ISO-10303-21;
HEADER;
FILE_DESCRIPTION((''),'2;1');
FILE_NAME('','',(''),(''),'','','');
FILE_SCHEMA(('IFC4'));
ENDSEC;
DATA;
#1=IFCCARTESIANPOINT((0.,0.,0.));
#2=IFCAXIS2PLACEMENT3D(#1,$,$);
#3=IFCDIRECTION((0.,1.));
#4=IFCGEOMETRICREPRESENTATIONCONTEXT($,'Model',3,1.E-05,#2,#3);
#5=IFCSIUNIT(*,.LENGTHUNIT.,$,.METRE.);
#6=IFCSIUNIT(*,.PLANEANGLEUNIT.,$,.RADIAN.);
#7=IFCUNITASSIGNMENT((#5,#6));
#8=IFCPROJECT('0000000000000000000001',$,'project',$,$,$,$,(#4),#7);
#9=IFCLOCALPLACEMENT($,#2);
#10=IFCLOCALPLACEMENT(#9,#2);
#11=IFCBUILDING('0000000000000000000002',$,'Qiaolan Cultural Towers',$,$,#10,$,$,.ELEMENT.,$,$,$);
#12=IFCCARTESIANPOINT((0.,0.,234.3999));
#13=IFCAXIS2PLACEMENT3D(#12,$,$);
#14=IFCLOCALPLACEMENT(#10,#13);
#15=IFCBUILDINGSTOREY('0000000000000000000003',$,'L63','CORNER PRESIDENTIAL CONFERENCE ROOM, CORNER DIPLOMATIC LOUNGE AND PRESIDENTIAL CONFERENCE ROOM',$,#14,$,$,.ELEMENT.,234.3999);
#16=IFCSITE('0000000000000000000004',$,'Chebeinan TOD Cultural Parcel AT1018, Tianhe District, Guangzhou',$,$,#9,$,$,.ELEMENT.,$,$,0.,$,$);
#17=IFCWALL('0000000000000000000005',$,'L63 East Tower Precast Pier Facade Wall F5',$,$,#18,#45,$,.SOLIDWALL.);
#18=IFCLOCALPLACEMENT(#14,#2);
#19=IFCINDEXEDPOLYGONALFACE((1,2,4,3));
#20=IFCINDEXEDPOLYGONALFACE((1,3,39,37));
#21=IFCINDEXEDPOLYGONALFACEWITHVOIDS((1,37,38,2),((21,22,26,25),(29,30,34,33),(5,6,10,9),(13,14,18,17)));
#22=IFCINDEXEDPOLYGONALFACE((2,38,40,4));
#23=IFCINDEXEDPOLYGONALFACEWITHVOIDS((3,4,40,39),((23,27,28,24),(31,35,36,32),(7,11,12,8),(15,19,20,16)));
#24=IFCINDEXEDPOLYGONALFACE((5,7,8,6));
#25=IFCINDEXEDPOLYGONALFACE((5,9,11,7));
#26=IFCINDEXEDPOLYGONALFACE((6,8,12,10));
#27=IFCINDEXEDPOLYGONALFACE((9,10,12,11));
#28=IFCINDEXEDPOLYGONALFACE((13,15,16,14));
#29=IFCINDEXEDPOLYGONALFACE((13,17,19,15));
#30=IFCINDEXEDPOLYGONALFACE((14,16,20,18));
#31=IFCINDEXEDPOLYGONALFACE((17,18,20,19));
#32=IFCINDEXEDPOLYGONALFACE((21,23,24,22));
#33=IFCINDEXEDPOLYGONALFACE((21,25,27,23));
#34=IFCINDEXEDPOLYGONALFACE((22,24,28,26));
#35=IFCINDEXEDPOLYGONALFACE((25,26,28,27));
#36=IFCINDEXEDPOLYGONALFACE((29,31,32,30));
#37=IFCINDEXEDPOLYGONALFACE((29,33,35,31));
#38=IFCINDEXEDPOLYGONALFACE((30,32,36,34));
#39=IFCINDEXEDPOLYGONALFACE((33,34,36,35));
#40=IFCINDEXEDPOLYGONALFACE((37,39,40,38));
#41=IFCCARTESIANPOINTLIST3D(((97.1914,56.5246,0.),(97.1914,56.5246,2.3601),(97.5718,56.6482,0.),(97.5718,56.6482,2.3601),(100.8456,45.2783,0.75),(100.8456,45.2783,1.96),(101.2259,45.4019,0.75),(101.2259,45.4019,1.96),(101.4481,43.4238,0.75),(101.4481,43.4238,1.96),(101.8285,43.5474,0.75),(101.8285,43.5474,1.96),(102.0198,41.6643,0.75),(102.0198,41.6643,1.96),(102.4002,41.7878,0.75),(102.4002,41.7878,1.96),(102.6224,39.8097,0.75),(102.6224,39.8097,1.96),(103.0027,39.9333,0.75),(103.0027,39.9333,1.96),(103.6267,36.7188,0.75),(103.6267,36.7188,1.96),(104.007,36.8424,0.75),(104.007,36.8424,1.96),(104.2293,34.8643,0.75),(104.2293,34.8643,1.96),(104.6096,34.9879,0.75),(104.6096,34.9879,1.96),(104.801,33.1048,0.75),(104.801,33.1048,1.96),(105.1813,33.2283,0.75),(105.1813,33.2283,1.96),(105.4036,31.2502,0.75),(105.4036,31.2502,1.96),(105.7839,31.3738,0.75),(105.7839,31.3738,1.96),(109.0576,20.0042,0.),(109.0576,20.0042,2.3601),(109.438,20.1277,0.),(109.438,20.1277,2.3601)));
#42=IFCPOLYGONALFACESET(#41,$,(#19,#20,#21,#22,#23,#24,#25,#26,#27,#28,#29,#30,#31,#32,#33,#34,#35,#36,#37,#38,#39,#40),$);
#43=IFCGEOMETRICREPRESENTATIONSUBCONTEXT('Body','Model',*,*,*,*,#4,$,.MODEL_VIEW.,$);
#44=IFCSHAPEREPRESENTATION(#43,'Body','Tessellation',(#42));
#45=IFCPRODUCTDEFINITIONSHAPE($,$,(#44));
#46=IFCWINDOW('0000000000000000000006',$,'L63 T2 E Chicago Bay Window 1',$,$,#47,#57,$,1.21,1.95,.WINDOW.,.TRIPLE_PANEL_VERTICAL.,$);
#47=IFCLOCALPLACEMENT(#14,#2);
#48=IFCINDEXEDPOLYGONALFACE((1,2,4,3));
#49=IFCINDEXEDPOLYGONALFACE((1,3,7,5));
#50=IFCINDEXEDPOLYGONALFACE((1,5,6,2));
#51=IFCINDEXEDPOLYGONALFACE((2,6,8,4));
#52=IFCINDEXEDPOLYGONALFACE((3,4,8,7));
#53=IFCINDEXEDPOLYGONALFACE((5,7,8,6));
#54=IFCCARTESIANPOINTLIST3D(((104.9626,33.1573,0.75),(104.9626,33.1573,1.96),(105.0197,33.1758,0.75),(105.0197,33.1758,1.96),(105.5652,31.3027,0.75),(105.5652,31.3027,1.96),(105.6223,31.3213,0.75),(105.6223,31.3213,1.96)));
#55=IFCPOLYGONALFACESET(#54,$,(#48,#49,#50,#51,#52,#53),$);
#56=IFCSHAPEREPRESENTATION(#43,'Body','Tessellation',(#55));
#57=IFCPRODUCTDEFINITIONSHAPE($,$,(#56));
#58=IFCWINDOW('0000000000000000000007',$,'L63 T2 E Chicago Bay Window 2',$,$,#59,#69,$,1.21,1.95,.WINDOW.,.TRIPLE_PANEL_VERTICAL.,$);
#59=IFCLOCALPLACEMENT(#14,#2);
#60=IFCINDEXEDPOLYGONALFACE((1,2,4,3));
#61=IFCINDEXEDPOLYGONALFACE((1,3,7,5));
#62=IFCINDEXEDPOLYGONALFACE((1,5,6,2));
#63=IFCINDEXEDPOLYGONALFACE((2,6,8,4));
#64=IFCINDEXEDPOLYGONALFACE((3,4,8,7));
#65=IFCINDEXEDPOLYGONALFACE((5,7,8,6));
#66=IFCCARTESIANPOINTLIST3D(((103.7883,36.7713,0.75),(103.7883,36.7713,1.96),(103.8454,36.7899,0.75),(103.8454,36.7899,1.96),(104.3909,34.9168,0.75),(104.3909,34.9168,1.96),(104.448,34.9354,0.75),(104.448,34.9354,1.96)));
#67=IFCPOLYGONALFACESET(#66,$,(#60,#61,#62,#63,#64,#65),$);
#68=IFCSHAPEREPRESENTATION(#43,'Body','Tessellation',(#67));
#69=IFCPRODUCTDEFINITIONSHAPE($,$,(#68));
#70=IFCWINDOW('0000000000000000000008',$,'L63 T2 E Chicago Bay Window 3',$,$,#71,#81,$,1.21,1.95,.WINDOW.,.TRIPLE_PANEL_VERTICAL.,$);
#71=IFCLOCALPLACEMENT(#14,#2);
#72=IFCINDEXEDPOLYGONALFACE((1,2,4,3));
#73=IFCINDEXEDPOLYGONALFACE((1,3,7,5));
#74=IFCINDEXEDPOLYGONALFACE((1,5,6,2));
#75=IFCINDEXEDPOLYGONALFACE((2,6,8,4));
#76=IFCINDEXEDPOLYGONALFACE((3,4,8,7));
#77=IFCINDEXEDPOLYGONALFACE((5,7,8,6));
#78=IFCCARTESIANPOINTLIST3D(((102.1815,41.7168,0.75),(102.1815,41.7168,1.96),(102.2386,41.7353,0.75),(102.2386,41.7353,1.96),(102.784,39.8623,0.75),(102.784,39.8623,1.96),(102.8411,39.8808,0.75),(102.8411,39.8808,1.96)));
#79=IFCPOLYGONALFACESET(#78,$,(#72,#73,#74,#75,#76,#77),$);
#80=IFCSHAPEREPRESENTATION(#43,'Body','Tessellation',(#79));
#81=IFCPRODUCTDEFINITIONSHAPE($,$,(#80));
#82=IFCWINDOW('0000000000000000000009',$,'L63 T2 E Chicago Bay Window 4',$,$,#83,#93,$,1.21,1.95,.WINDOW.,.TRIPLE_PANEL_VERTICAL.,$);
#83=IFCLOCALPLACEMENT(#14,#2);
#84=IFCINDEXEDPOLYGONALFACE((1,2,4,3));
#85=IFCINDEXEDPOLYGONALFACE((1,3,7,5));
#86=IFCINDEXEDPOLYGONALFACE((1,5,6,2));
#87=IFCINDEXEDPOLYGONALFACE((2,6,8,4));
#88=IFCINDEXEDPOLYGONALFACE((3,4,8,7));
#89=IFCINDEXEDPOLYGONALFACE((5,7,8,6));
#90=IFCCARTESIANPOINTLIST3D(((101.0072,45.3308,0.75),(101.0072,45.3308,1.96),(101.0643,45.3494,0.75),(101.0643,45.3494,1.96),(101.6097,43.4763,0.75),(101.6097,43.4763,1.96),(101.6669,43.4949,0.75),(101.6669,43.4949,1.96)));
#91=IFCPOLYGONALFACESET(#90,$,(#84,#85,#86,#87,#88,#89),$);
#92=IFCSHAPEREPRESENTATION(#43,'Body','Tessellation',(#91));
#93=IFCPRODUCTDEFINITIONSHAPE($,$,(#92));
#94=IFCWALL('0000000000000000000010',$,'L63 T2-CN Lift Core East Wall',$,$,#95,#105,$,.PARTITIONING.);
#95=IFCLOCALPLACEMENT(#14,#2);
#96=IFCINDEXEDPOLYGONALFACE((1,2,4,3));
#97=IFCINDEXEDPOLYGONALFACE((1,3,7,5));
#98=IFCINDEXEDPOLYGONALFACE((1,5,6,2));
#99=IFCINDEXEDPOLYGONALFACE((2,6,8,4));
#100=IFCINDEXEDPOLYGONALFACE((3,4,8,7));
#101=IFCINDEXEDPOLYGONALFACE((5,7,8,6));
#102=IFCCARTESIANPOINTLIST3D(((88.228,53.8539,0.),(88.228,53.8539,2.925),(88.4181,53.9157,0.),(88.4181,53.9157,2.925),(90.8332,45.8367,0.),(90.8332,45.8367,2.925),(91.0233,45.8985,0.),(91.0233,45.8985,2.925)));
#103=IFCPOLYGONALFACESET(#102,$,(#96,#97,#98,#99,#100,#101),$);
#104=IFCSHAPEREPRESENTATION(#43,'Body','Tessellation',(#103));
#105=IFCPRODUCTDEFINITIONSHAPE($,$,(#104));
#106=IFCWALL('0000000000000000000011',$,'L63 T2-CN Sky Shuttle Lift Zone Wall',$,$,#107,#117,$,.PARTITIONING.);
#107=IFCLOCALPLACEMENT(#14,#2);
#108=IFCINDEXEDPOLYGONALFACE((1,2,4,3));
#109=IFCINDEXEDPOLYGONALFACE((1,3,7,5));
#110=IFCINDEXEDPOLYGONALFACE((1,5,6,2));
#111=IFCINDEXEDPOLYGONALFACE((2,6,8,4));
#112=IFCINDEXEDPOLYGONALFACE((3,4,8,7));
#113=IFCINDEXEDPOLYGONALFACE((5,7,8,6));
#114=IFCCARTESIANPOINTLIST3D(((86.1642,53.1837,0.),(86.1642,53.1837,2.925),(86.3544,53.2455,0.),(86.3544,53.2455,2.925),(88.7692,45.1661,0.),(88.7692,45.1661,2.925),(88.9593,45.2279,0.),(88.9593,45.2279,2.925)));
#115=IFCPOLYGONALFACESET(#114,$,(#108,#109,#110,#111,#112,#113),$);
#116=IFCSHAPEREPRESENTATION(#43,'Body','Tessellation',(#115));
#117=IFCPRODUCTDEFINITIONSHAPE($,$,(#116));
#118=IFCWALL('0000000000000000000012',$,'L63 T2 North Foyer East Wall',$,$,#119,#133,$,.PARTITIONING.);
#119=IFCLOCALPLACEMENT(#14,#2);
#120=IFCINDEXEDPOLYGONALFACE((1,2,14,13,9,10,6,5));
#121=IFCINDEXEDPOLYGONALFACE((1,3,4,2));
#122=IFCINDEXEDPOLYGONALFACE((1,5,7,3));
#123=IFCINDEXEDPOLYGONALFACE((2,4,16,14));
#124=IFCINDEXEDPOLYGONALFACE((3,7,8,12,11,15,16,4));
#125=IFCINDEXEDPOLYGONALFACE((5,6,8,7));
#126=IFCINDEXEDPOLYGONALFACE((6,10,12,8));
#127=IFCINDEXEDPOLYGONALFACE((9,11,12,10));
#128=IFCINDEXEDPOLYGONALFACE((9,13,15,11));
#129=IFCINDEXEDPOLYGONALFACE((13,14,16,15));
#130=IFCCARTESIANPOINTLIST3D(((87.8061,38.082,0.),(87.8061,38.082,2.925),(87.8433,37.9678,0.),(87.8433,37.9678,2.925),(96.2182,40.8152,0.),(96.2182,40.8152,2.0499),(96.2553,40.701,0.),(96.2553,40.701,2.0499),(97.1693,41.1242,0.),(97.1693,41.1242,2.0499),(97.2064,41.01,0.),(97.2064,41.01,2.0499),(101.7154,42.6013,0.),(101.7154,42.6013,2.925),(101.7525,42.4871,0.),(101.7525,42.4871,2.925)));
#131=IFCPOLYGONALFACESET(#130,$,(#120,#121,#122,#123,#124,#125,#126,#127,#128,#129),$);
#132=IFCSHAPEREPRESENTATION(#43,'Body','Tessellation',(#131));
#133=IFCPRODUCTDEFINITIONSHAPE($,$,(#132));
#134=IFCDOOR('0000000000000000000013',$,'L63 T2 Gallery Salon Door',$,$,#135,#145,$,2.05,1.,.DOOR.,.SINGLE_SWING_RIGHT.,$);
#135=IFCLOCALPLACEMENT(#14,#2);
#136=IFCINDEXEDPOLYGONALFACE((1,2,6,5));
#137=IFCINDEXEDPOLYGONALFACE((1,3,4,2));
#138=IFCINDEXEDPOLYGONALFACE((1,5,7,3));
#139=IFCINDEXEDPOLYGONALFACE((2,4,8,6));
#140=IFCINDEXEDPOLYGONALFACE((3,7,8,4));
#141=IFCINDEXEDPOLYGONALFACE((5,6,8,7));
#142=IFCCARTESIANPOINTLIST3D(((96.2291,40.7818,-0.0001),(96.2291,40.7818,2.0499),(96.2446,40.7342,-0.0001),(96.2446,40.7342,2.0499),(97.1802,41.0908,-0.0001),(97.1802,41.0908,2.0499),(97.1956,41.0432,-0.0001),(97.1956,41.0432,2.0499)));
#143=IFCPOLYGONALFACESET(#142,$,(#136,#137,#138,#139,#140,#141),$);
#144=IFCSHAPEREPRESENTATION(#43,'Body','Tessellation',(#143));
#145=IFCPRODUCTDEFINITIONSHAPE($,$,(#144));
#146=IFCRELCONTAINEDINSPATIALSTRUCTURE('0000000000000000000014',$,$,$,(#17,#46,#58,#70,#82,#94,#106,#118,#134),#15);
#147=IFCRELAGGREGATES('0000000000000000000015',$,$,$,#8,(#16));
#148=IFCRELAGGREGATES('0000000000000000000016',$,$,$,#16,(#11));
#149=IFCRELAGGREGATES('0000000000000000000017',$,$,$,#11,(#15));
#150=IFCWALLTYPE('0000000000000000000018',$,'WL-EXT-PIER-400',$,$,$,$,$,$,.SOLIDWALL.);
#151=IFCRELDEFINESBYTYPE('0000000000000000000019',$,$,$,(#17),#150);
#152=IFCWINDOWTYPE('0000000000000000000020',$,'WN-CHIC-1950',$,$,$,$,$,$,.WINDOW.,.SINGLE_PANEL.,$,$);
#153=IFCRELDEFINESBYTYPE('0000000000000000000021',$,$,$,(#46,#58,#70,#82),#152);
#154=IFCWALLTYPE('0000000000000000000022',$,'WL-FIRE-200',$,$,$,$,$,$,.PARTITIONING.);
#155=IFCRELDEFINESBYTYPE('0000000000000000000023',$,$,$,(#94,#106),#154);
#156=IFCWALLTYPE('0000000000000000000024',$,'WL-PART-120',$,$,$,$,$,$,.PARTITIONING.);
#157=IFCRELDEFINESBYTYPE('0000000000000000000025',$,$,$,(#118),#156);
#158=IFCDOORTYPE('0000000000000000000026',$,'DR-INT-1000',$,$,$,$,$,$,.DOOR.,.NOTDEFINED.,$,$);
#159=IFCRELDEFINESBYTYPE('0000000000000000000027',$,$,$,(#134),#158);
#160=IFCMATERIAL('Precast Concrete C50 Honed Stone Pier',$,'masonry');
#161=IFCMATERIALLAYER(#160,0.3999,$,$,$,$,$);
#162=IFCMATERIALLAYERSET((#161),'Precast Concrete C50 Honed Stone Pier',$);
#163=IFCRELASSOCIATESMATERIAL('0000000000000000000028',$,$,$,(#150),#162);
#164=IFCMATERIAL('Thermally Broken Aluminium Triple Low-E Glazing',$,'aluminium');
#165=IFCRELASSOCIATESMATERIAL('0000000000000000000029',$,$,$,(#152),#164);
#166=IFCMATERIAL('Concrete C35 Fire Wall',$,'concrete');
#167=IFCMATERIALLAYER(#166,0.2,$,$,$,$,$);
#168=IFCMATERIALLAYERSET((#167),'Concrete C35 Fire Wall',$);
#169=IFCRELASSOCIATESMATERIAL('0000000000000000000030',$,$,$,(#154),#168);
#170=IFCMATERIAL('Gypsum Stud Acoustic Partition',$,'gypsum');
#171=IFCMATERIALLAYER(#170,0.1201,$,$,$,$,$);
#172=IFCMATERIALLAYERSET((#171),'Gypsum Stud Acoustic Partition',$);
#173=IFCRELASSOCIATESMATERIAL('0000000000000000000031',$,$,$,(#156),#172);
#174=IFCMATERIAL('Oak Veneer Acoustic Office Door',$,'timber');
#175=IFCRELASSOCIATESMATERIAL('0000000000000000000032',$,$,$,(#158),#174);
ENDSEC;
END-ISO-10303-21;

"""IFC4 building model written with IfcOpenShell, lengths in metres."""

from ifc_helpers import new_model, si_unit, direction, frame, frame_2d, origin, place, context, subcontext, project, spatial, rectangle, extrude, material, layer, layer_set, type_object, element, fill, save


model = new_model("IFC4")

# Units and contexts
model_context = context("Model", 3, precision=1e-05, world=origin(), true_north=direction((0.0, 1.0)))
body_context = subcontext(model_context, "Body", "Model", "MODEL_VIEW")
ifc_project = project(units=[si_unit("LENGTHUNIT", "METRE"), si_unit("PLANEANGLEUNIT", "RADIAN")], contexts=[model_context])

# Site, building, storey
site_placement = place(None, origin())
site = spatial("IfcSite", under=ifc_project, at=site_placement, Name="Chebeinan TOD Cultural Parcel AT1018, Tianhe District, Guangzhou", CompositionType="ELEMENT", RefElevation=0.0)
building_placement = place(site_placement, origin())
building = spatial("IfcBuilding", under=site, at=building_placement, Name="Qiaolan Cultural Towers", CompositionType="ELEMENT")
storey_placement = place(building_placement, frame((0.0, 0.0, 234.3999)))
storey = spatial("IfcBuildingStorey", under=building, at=storey_placement, Name="L63", Description="CORNER PRESIDENTIAL CONFERENCE ROOM, CORNER DIPLOMATIC LOUNGE AND PRESIDENTIAL CONFERENCE ROOM", CompositionType="ELEMENT", Elevation=234.3999)

# Shared definitions
ifc_material_1 = material(Name="Precast Concrete C50 Honed Stone Pier", Category="masonry")
ifc_layer_1 = layer(ifc_material_1, 0.3999)
ifc_layer_set_1 = layer_set([ifc_layer_1], Name="Precast Concrete C50 Honed Stone Pier")
wall_type_1 = type_object("IfcWallType", Name="WL-EXT-PIER-400", PredefinedType="SOLIDWALL", material=ifc_layer_set_1)

# Wall, openings, windows
wall_1_placement = place(storey_placement, frame((97.3816, 56.5864, 0.0), z_axis=(0.0, 0.0, 1.0), x_axis=(0.309016, -0.951057, 0.0)))
wall_1 = element("IfcWall", 1, at=wall_1_placement, inside=storey, type_object=wall_type_1, Name="L63 East Tower Precast Pier Facade Wall F5", PredefinedType="SOLIDWALL", context=body_context, shape_type="SweptSolid", body=[
    extrude(rectangle(XDim=38.3999, YDim=0.3999, at=frame_2d((19.2, 0.0))), origin(), (0.0, 0.0, 1.0), 2.3601),
])
opening_1_placement = place(wall_1_placement, frame((24.625, 0.0, 0.75)))
opening_1 = element("IfcOpeningElement", 2, at=opening_1_placement, cuts=wall_1, PredefinedType="OPENING", context=body_context, shape_type="SweptSolid", body=[
    extrude(rectangle(XDim=1.95, YDim=1.21, at=frame_2d((0.9751, 0.605))), frame((0.0, 0.21, 0.0), z_axis=(0.0, -1.0, 0.0), x_axis=(1.0, 0.0, 0.0)), (0.0, 0.0, 1.0), 0.4199),
])
opening_2_placement = place(wall_1_placement, frame((20.825, 0.0, 0.75)))
opening_2 = element("IfcOpeningElement", 3, at=opening_2_placement, cuts=wall_1, PredefinedType="OPENING", context=body_context, shape_type="SweptSolid", body=[
    extrude(rectangle(XDim=1.95, YDim=1.21, at=frame_2d((0.9751, 0.605))), frame((0.0, 0.21, 0.0), z_axis=(0.0, -1.0, 0.0), x_axis=(1.0, 0.0, 0.0)), (0.0, 0.0, 1.0), 0.4199),
])
opening_3_placement = place(wall_1_placement, frame((15.625, 0.0, 0.75)))
opening_3 = element("IfcOpeningElement", 4, at=opening_3_placement, cuts=wall_1, PredefinedType="OPENING", context=body_context, shape_type="SweptSolid", body=[
    extrude(rectangle(XDim=1.95, YDim=1.21, at=frame_2d((0.9751, 0.605))), frame((0.0, 0.21, 0.0), z_axis=(0.0, -1.0, 0.0), x_axis=(1.0, 0.0, 0.0)), (0.0, 0.0, 1.0), 0.4199),
])
opening_4_placement = place(wall_1_placement, frame((11.825, 0.0, 0.75)))
opening_4 = element("IfcOpeningElement", 5, at=opening_4_placement, cuts=wall_1, PredefinedType="OPENING", context=body_context, shape_type="SweptSolid", body=[
    extrude(rectangle(XDim=1.95, YDim=1.21, at=frame_2d((0.9751, 0.605))), frame((0.0, 0.21, 0.0), z_axis=(0.0, -1.0, 0.0), x_axis=(1.0, 0.0, 0.0)), (0.0, 0.0, 1.0), 0.4199),
])
ifc_material_2 = material(Name="Thermally Broken Aluminium Triple Low-E Glazing", Category="aluminium")
window_type = type_object("IfcWindowType", Name="WN-CHIC-1950", PartitioningType="SINGLE_PANEL", PredefinedType="WINDOW", material=ifc_material_2)
window_1_placement = place(opening_1_placement, origin())
window_1 = element("IfcWindow", 6, at=window_1_placement, inside=storey, type_object=window_type, Name="L63 T2 E Chicago Bay Window 1", OverallHeight=1.21, OverallWidth=1.95, PartitioningType="TRIPLE_PANEL_VERTICAL", PredefinedType="WINDOW", context=body_context, shape_type="SweptSolid", body=[
    extrude(rectangle(XDim=1.95, YDim=1.21, at=frame_2d((0.9751, 0.605))), frame((0.0, 0.03, 0.0), z_axis=(0.0, -1.0, 0.0), x_axis=(1.0, 0.0, 0.0)), (0.0, 0.0, 1.0), 0.0601),
])
fill(opening_1, window_1)
window_2_placement = place(opening_2_placement, origin())
window_2 = element("IfcWindow", 7, at=window_2_placement, inside=storey, type_object=window_type, Name="L63 T2 E Chicago Bay Window 2", OverallHeight=1.21, OverallWidth=1.95, PartitioningType="TRIPLE_PANEL_VERTICAL", PredefinedType="WINDOW", context=body_context, shape_type="SweptSolid", body=[
    extrude(rectangle(XDim=1.95, YDim=1.21, at=frame_2d((0.9751, 0.605))), frame((0.0, 0.03, 0.0), z_axis=(0.0, -1.0, 0.0), x_axis=(1.0, 0.0, 0.0)), (0.0, 0.0, 1.0), 0.0601),
])
fill(opening_2, window_2)
window_3_placement = place(opening_3_placement, origin())
window_3 = element("IfcWindow", 8, at=window_3_placement, inside=storey, type_object=window_type, Name="L63 T2 E Chicago Bay Window 3", OverallHeight=1.21, OverallWidth=1.95, PartitioningType="TRIPLE_PANEL_VERTICAL", PredefinedType="WINDOW", context=body_context, shape_type="SweptSolid", body=[
    extrude(rectangle(XDim=1.95, YDim=1.21, at=frame_2d((0.9751, 0.605))), frame((0.0, 0.03, 0.0), z_axis=(0.0, -1.0, 0.0), x_axis=(1.0, 0.0, 0.0)), (0.0, 0.0, 1.0), 0.0601),
])
fill(opening_3, window_3)
window_4_placement = place(opening_4_placement, origin())
window_4 = element("IfcWindow", 9, at=window_4_placement, inside=storey, type_object=window_type, Name="L63 T2 E Chicago Bay Window 4", OverallHeight=1.21, OverallWidth=1.95, PartitioningType="TRIPLE_PANEL_VERTICAL", PredefinedType="WINDOW", context=body_context, shape_type="SweptSolid", body=[
    extrude(rectangle(XDim=1.95, YDim=1.21, at=frame_2d((0.9751, 0.605))), frame((0.0, 0.03, 0.0), z_axis=(0.0, -1.0, 0.0), x_axis=(1.0, 0.0, 0.0)), (0.0, 0.0, 1.0), 0.0601),
])
fill(opening_4, window_4)

# Walls
ifc_material_3 = material(Name="Concrete C35 Fire Wall", Category="concrete")
ifc_layer_2 = layer(ifc_material_3, 0.2)
ifc_layer_set_2 = layer_set([ifc_layer_2], Name="Concrete C35 Fire Wall")
wall_type_2 = type_object("IfcWallType", Name="WL-FIRE-200", PredefinedType="PARTITIONING", material=ifc_layer_set_2)
wall_2_placement = place(storey_placement, frame((90.9282, 45.8677, 0.0), z_axis=(0.0, 0.0, 1.0), x_axis=(-0.309042, 0.951048, 0.0)))
element("IfcWall", 10, at=wall_2_placement, inside=storey, type_object=wall_type_2, Name="L63 T2-CN Lift Core East Wall", PredefinedType="PARTITIONING", context=body_context, shape_type="SweptSolid", body=[
    extrude(rectangle(XDim=8.4299, YDim=0.2, at=frame_2d((4.2148, 0.0))), origin(), (0.0, 0.0, 1.0), 2.925),
])
wall_3_placement = place(storey_placement, frame((88.8643, 45.197, 0.0), z_axis=(0.0, 0.0, 1.0), x_axis=(-0.309007, 0.95106, 0.0)))
element("IfcWall", 11, at=wall_3_placement, inside=storey, type_object=wall_type_2, Name="L63 T2-CN Sky Shuttle Lift Zone Wall", PredefinedType="PARTITIONING", context=body_context, shape_type="SweptSolid", body=[
    extrude(rectangle(XDim=8.4302, YDim=0.2, at=frame_2d((4.2151, 0.0))), origin(), (0.0, 0.0, 1.0), 2.925),
])

# Wall, opening, door
ifc_material_4 = material(Name="Gypsum Stud Acoustic Partition", Category="gypsum")
ifc_layer_3 = layer(ifc_material_4, 0.1201)
ifc_layer_set_3 = layer_set([ifc_layer_3], Name="Gypsum Stud Acoustic Partition")
wall_type_3 = type_object("IfcWallType", Name="WL-PART-120", PredefinedType="PARTITIONING", material=ifc_layer_set_3)
wall_4_placement = place(storey_placement, frame((87.8247, 38.0249, 0.0), z_axis=(0.0, 0.0, 1.0), x_axis=(0.951058, 0.309012, 0.0)))
wall_4 = element("IfcWall", 12, at=wall_4_placement, inside=storey, type_object=wall_type_3, Name="L63 T2 North Foyer East Wall", PredefinedType="PARTITIONING", context=body_context, shape_type="SweptSolid", body=[
    extrude(rectangle(XDim=14.625, YDim=0.1201, at=frame_2d((7.3125, 0.0))), origin(), (0.0, 0.0, 1.0), 2.925),
])
opening_5_placement = place(wall_4_placement, frame((8.845, 0.0, 0.0)))
opening_5 = element("IfcOpeningElement", 13, at=opening_5_placement, cuts=wall_4, PredefinedType="OPENING", context=body_context, shape_type="SweptSolid", body=[
    extrude(rectangle(XDim=1.0, YDim=2.05, at=frame_2d((0.5, 1.0249))), frame((0.0, 0.0701, 0.0), z_axis=(0.0, -1.0, 0.0), x_axis=(1.0, 0.0, 0.0)), (0.0, 0.0, 1.0), 0.1401),
])
ifc_material_5 = material(Name="Oak Veneer Acoustic Office Door", Category="timber")
door_type_1 = type_object("IfcDoorType", Name="DR-INT-1000", OperationType="NOTDEFINED", PredefinedType="DOOR", material=ifc_material_5)
door_1_placement = place(opening_5_placement, origin())
door_1 = element("IfcDoor", 14, at=door_1_placement, inside=storey, type_object=door_type_1, Name="L63 T2 Gallery Salon Door", OperationType="SINGLE_SWING_RIGHT", OverallHeight=2.05, OverallWidth=1.0, PredefinedType="DOOR", context=body_context, shape_type="SweptSolid", body=[
    extrude(rectangle(XDim=1.0, YDim=2.05, at=frame_2d((0.5, 1.0249))), frame((0.0, 0.0249, 0.0), z_axis=(0.0, -1.0, 0.0), x_axis=(1.0, 0.0, 0.0)), (0.0, 0.0, 1.0), 0.05),
])
fill(opening_5, door_1)

save(model, "model.ifc")
